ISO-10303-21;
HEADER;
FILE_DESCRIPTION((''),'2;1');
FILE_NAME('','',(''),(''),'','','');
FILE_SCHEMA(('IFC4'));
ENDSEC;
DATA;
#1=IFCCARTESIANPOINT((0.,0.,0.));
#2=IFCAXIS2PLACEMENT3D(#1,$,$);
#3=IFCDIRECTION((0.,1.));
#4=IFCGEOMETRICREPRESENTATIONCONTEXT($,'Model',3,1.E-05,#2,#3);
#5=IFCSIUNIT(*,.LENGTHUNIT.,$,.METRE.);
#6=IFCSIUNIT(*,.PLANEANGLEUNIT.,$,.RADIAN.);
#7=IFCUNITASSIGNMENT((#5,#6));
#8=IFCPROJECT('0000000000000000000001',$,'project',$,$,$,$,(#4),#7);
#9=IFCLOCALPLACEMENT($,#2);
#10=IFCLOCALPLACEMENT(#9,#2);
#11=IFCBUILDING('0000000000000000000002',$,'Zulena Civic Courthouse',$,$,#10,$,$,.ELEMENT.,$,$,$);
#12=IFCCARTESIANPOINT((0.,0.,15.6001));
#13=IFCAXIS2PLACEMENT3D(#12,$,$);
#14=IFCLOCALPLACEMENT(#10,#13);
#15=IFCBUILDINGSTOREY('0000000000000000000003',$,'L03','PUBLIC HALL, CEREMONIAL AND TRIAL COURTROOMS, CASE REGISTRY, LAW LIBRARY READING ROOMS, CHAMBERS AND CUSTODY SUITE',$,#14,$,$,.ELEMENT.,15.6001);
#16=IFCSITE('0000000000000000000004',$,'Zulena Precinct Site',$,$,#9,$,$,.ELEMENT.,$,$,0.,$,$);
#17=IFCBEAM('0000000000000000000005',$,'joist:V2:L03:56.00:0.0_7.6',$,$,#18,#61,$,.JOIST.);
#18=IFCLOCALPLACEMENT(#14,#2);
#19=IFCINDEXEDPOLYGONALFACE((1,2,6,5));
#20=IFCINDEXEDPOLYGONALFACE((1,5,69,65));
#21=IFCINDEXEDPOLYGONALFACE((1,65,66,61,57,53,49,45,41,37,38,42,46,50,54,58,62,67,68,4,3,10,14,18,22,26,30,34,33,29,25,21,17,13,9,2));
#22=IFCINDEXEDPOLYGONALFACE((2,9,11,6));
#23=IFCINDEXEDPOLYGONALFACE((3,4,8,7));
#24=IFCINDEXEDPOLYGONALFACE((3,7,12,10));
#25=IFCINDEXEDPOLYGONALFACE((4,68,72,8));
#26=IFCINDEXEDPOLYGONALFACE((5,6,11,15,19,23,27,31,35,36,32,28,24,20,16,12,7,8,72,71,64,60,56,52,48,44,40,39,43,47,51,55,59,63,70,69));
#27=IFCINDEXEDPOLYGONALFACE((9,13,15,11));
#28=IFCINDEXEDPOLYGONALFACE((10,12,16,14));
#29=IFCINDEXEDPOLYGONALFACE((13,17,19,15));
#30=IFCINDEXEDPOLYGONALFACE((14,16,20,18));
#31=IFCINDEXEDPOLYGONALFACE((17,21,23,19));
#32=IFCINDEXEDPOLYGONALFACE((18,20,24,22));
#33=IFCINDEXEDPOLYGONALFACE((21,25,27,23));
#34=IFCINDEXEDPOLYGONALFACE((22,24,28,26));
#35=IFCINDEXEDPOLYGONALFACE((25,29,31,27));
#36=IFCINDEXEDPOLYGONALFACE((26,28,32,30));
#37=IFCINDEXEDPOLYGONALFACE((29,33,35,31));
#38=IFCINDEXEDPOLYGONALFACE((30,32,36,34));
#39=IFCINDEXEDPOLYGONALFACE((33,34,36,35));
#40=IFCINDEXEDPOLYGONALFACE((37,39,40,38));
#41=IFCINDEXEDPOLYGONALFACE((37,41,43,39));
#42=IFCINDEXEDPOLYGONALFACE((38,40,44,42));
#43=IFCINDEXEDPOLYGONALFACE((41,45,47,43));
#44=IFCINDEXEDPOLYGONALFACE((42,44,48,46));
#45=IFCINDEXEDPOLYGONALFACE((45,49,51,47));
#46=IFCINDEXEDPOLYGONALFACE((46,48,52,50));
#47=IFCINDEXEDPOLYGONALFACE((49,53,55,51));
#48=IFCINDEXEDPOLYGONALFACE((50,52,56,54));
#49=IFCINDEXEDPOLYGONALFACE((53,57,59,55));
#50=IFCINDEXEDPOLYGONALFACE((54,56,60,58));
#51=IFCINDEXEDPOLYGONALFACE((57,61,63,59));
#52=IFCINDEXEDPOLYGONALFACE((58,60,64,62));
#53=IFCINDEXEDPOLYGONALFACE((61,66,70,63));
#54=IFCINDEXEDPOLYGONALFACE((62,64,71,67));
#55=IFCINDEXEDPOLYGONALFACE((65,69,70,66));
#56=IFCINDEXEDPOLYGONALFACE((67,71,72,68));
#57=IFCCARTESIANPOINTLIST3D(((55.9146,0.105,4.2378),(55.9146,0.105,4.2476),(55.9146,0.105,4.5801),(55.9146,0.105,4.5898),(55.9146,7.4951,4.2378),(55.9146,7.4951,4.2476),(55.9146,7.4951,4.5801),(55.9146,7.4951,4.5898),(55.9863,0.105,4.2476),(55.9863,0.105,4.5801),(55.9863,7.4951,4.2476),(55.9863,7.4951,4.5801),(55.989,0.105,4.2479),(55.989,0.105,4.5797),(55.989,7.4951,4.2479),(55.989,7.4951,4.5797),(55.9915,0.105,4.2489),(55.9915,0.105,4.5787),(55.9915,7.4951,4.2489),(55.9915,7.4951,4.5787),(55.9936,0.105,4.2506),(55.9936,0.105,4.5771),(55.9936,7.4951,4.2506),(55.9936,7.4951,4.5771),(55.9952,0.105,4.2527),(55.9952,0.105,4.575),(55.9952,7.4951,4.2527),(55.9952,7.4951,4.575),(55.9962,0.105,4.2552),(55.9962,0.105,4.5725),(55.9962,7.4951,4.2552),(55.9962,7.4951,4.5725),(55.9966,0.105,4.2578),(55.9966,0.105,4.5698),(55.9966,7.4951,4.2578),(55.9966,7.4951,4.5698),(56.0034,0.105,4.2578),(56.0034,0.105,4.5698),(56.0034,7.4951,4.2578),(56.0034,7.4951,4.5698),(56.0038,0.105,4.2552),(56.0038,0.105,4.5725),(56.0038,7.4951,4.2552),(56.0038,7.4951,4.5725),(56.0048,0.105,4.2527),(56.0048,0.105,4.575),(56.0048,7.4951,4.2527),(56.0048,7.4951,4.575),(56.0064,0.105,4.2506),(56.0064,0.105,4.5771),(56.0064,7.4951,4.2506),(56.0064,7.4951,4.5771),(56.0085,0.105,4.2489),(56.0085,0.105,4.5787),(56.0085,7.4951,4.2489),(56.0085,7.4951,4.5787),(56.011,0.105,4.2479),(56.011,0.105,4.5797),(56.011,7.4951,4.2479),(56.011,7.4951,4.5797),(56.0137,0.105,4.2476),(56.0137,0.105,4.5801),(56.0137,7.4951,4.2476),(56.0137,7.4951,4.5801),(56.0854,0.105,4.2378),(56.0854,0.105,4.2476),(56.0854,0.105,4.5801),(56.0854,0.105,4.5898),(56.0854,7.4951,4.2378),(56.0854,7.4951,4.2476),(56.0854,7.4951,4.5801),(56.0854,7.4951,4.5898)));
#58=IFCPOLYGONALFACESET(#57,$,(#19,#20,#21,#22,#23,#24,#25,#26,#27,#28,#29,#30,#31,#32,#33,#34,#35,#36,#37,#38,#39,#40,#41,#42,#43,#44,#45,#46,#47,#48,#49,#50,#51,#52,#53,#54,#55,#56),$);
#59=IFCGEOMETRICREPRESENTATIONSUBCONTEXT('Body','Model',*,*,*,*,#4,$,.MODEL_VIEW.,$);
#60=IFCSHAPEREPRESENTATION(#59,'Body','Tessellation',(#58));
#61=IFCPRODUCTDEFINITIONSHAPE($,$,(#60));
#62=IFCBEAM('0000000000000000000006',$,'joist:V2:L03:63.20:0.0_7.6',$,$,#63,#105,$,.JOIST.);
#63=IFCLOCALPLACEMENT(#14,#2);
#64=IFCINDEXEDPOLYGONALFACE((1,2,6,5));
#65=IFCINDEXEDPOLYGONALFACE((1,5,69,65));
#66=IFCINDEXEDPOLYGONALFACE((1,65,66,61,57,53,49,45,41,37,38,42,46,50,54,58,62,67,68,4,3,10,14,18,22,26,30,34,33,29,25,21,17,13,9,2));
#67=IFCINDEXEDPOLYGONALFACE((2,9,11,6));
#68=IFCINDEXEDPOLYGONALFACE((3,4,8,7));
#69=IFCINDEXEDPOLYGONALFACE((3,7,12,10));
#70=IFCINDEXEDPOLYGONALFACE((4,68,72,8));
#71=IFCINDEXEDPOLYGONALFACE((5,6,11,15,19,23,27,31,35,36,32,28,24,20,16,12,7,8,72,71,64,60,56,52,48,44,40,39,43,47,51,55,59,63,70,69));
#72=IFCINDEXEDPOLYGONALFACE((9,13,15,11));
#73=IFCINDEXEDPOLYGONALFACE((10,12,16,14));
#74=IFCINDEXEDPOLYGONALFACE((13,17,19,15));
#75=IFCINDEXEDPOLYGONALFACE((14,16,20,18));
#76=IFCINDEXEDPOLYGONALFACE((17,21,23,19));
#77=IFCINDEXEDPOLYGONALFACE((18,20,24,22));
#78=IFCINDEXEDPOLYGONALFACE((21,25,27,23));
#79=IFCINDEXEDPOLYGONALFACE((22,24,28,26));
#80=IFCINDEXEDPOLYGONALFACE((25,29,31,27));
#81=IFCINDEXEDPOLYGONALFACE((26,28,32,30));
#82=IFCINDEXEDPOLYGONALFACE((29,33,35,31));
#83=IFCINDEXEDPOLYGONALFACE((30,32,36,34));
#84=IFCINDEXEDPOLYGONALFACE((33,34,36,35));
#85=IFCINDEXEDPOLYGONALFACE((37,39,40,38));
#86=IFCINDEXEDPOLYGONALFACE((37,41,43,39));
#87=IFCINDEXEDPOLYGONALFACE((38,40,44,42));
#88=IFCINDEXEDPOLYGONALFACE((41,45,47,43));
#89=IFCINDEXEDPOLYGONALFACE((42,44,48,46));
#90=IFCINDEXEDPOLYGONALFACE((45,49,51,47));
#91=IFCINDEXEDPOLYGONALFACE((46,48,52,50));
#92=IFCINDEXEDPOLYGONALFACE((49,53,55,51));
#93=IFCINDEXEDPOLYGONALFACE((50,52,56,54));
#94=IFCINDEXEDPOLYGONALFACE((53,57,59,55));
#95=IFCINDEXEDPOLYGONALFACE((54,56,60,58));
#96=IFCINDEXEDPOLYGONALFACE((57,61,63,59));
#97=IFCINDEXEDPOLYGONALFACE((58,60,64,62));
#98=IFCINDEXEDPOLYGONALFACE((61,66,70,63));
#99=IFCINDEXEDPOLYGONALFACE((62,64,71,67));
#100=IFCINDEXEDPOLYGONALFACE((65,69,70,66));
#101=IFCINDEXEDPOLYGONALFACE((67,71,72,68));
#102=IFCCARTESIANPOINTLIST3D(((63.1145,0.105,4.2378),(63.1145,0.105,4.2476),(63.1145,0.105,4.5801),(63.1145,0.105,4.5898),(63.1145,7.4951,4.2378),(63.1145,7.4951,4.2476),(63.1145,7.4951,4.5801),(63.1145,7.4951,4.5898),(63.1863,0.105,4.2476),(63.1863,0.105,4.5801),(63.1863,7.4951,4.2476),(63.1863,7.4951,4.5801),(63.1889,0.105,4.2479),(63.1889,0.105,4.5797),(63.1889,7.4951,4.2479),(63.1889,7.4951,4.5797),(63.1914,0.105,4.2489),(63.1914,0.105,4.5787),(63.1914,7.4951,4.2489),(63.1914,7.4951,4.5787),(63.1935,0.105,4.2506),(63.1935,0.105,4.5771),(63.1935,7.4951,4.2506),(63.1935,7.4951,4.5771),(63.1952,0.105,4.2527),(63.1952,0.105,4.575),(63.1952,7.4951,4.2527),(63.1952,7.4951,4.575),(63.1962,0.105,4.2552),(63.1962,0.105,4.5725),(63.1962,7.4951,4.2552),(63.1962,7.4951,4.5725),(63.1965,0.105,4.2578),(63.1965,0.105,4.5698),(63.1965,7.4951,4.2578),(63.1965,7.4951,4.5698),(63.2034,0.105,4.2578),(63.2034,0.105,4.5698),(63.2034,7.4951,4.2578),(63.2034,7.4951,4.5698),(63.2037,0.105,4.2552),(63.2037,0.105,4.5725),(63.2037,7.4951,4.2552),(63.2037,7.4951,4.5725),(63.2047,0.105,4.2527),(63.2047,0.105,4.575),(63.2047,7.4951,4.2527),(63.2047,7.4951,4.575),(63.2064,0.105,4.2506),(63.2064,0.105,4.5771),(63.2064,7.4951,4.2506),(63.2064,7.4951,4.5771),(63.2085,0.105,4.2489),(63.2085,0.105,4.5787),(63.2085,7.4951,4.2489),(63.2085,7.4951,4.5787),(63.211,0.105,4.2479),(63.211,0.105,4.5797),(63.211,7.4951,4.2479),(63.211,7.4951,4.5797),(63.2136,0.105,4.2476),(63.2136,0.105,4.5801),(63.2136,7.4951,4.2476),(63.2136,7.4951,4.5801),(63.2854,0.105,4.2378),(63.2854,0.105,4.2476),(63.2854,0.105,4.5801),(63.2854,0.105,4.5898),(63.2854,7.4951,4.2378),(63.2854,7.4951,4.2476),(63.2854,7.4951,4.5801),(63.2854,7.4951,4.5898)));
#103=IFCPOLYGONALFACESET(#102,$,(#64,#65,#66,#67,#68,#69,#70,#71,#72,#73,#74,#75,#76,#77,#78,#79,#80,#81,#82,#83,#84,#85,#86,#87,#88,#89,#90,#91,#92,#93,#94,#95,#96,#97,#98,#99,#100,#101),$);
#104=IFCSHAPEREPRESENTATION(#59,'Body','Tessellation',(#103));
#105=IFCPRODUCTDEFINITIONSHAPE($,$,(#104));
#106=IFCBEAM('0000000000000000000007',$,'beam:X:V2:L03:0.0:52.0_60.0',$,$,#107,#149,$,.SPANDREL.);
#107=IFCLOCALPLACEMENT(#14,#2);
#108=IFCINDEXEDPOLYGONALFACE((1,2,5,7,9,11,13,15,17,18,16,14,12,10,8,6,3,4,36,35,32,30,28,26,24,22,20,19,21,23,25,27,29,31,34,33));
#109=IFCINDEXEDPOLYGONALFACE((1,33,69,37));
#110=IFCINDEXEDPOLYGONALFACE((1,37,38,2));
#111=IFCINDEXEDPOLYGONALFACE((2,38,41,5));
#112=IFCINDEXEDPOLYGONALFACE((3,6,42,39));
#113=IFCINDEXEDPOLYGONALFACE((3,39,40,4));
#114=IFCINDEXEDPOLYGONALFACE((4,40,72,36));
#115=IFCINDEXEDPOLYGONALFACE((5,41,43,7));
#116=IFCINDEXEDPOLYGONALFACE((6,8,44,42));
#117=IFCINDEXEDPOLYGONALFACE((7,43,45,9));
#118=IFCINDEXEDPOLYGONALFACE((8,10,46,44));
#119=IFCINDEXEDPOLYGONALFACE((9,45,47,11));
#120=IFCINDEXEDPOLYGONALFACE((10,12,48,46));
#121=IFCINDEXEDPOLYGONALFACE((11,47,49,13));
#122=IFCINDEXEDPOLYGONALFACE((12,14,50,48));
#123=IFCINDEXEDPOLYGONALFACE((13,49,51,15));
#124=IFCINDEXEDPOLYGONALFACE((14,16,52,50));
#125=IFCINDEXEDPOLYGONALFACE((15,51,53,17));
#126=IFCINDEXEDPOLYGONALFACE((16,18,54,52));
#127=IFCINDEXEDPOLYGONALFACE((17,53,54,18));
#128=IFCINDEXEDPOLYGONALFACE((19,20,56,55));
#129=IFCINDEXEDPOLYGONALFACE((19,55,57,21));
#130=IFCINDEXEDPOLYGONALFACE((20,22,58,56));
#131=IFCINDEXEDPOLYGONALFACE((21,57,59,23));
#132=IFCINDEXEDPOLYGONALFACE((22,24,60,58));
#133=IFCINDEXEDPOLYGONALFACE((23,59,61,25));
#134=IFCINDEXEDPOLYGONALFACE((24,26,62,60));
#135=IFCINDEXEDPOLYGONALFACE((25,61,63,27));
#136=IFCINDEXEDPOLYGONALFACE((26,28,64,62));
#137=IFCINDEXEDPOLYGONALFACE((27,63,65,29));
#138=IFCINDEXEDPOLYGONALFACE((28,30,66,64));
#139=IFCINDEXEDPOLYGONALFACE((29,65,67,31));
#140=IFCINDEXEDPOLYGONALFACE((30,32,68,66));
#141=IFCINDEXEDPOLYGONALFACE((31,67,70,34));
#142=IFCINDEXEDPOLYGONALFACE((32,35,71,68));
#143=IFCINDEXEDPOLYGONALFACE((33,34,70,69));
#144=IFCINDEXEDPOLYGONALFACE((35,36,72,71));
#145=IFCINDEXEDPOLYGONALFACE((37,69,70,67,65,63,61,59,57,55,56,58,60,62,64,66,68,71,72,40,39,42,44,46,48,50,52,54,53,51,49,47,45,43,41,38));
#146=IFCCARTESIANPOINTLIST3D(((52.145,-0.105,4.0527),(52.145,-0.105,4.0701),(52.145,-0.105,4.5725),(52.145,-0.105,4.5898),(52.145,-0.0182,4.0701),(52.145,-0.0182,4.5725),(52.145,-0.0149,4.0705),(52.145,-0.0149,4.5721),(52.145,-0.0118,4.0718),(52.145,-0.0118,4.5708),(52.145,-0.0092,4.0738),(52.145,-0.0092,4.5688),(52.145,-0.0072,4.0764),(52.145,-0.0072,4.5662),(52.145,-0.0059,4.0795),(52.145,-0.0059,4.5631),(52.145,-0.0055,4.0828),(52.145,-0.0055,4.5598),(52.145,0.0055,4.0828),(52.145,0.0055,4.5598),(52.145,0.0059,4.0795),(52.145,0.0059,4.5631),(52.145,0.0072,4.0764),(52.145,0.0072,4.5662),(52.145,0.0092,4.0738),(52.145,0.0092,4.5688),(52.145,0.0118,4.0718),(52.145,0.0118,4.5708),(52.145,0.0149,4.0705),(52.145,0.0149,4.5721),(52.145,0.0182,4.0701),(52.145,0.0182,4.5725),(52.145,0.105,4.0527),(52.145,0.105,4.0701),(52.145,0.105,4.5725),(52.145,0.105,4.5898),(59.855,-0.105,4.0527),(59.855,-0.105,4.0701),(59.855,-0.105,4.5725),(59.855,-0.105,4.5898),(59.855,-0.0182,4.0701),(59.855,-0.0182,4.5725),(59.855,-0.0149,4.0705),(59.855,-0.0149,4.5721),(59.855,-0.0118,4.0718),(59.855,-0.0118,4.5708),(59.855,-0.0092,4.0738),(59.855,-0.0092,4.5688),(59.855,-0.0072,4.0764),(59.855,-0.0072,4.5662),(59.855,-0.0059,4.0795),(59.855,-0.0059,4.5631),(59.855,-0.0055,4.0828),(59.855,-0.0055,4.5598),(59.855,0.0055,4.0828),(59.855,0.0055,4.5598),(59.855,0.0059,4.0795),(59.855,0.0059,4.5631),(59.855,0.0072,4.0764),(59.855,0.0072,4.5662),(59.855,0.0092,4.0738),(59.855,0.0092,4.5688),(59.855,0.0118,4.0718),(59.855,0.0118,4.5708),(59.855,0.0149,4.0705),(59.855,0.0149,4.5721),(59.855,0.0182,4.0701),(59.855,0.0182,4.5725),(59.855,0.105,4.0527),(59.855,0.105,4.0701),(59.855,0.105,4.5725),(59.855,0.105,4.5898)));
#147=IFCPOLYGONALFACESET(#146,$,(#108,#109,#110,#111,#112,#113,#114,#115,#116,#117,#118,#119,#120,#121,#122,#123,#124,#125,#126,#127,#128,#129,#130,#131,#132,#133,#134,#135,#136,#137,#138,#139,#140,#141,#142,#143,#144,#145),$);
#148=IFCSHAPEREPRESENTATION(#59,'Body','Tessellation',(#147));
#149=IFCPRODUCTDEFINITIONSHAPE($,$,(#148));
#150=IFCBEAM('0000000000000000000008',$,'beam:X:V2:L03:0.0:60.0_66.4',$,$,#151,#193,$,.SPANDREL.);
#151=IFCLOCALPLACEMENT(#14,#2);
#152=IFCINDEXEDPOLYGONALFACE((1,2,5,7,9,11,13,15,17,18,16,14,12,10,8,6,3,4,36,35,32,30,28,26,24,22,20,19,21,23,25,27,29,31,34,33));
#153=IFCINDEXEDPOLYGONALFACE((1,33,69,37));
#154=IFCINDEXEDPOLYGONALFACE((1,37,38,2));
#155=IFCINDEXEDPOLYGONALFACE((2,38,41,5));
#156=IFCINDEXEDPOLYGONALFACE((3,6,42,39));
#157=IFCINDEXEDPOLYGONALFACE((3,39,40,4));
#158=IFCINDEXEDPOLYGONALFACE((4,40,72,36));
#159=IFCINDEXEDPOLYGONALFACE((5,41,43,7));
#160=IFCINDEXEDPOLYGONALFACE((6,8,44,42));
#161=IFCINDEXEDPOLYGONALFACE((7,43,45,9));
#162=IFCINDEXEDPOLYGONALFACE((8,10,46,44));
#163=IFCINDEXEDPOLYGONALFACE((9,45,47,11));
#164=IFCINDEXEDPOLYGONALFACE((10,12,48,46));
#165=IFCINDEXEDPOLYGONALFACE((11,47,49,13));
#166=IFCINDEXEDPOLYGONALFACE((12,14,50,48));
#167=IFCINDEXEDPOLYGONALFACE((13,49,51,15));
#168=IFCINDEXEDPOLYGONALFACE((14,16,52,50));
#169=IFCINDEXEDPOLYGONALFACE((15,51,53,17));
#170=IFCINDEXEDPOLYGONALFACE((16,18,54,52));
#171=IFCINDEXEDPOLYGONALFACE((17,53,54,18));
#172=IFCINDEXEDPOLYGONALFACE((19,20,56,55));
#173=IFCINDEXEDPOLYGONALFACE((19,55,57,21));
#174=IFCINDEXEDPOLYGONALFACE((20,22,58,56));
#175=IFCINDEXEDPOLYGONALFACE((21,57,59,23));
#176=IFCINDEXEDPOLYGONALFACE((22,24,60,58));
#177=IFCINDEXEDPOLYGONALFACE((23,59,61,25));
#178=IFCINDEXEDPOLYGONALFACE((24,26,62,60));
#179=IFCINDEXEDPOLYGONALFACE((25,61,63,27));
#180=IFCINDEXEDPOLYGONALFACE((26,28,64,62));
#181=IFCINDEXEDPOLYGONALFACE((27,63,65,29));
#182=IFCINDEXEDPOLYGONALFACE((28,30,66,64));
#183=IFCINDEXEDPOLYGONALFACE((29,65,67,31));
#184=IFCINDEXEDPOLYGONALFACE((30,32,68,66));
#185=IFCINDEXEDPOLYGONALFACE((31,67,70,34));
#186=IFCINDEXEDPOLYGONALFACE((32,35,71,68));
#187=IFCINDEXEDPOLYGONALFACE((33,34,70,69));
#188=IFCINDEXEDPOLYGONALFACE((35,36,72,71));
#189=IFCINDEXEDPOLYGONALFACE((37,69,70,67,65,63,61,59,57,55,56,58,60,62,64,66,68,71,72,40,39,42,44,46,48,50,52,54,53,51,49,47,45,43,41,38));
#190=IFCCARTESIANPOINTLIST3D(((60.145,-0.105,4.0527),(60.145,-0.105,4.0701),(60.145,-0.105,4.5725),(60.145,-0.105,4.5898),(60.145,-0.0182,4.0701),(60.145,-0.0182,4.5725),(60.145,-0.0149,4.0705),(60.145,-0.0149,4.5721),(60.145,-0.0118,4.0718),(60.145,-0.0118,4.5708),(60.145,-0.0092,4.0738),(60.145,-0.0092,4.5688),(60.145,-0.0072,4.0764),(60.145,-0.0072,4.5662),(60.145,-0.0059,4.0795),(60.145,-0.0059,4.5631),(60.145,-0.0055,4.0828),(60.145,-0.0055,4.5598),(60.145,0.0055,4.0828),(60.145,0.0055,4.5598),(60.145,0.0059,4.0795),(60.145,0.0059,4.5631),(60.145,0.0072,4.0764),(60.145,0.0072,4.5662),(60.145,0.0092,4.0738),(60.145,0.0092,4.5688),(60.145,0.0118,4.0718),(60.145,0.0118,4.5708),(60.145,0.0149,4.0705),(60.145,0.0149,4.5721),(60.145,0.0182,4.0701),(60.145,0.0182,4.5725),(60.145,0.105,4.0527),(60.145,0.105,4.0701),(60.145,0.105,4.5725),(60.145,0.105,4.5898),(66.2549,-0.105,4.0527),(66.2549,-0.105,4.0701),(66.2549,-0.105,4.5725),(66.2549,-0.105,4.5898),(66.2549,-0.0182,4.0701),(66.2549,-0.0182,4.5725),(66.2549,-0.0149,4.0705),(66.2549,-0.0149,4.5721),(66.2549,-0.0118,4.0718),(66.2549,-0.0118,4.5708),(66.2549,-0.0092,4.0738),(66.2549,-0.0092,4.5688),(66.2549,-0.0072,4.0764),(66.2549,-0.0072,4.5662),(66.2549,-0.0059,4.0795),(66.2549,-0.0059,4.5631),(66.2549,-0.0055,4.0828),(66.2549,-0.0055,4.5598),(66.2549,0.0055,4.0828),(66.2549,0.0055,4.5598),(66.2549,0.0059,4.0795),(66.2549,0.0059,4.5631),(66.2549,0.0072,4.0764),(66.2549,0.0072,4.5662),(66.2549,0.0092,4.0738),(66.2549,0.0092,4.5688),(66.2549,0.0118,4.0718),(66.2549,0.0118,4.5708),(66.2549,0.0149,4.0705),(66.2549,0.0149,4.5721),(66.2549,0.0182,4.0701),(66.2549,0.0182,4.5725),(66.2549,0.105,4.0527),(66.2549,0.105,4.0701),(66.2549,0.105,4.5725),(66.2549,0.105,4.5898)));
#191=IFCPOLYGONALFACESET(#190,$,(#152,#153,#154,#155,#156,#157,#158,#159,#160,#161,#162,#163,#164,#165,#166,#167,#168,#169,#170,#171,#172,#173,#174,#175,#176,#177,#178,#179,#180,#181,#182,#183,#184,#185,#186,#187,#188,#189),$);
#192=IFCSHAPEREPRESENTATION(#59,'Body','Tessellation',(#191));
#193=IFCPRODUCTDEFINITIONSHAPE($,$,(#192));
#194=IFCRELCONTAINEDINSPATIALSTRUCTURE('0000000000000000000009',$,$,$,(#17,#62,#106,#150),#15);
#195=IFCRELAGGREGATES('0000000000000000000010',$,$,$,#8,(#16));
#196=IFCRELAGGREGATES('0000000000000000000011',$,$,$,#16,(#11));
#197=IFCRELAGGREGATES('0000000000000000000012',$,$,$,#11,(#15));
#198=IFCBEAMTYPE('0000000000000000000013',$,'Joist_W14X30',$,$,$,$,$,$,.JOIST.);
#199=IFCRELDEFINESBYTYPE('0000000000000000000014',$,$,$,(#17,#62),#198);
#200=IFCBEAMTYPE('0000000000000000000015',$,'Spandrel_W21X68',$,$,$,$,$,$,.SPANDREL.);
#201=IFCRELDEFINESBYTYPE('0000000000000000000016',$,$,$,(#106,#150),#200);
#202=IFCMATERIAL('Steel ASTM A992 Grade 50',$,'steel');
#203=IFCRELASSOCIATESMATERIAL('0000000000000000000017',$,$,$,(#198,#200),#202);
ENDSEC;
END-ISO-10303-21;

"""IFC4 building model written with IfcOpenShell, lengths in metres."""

from ifc_helpers import new_model, si_unit, direction, frame, origin, origin_2d, place, context, subcontext, project, spatial, i_section, extrude, material, material_profile, profile_set, type_object, element, save


model = new_model("IFC4")

# Units and contexts
model_context = context("Model", 3, precision=1e-05, world=origin(), true_north=direction((0.0, 1.0)))
body_context = subcontext(model_context, "Body", "Model", "MODEL_VIEW")
ifc_project = project(units=[si_unit("LENGTHUNIT", "METRE"), si_unit("PLANEANGLEUNIT", "RADIAN")], contexts=[model_context])

# Site, building, storey
site_placement = place(None, origin())
site = spatial("IfcSite", under=ifc_project, at=site_placement, Name="Zulena Precinct Site", CompositionType="ELEMENT", RefElevation=0.0)
building_placement = place(site_placement, origin())
building = spatial("IfcBuilding", under=site, at=building_placement, Name="Zulena Civic Courthouse", CompositionType="ELEMENT")
storey_placement = place(building_placement, frame((0.0, 0.0, 15.6001)))
storey = spatial("IfcBuildingStorey", under=building, at=storey_placement, Name="L03", Description="PUBLIC HALL, CEREMONIAL AND TRIAL COURTROOMS, CASE REGISTRY, LAW LIBRARY READING ROOMS, CHAMBERS AND CUSTODY SUITE", CompositionType="ELEMENT", Elevation=15.6001)

# Shared definitions
ifc_material_1 = material(Name="Steel ASTM A992 Grade 50", Category="steel")

# Beams
ifc_material_profile_1 = material_profile(ifc_material_1, i_section(OverallWidth=0.1709, OverallDepth=0.3521, WebThickness=0.0068, FlangeThickness=0.0098, FilletRadius=0.0103, at=origin_2d()), Name="W14X30")
ifc_profile_set_1 = profile_set([ifc_material_profile_1], Name="Steel ASTM A992 Grade 50")
beam_type_1 = type_object("IfcBeamType", Name="Joist_W14X30", PredefinedType="JOIST", material=ifc_profile_set_1)
for number, where, z_axis, x_axis, name in (
    (1, (56.0, 0.105, 4.4138), (0.0, 1.0, 0.0), (-1.0, 0.0, 0.0), "joist:V2:L03:56.00:0.0_7.6"),
    (2, (63.2, 0.105, 4.4138), (0.0, 1.0, 0.0), (-1.0, 0.0, 0.0), "joist:V2:L03:63.20:0.0_7.6"),
):
    element("IfcBeam", number, at=place(storey_placement, frame(where, z_axis=z_axis, x_axis=x_axis)), inside=storey, type_object=beam_type_1, Name=name, PredefinedType="JOIST", context=body_context, shape_type="SweptSolid", body=[
        extrude(i_section(OverallWidth=0.1709, OverallDepth=0.3521, WebThickness=0.0068, FlangeThickness=0.0098, FilletRadius=0.0103, at=origin_2d()), origin(), (0.0, 0.0, 1.0), 7.3901),
    ])
ifc_material_profile_2 = material_profile(ifc_material_1, i_section(OverallWidth=0.21, OverallDepth=0.5371, WebThickness=0.011, FlangeThickness=0.0173, FilletRadius=0.0127, at=origin_2d()), Name="W21X68")
ifc_profile_set_2 = profile_set([ifc_material_profile_2], Name="Steel ASTM A992 Grade 50")
beam_type_2 = type_object("IfcBeamType", Name="Spandrel_W21X68", PredefinedType="SPANDREL", material=ifc_profile_set_2)
beam_1_placement = place(storey_placement, frame((52.145, 0.0, 4.3213), z_axis=(1.0, 0.0, 0.0), x_axis=(0.0, 1.0, 0.0)))
element("IfcBeam", 3, at=beam_1_placement, inside=storey, type_object=beam_type_2, Name="beam:X:V2:L03:0.0:52.0_60.0", PredefinedType="SPANDREL", context=body_context, shape_type="SweptSolid", body=[
    extrude(i_section(OverallWidth=0.21, OverallDepth=0.5371, WebThickness=0.011, FlangeThickness=0.0173, FilletRadius=0.0127, at=origin_2d()), origin(), (0.0, 0.0, 1.0), 7.71),
])
beam_2_placement = place(storey_placement, frame((60.145, 0.0, 4.3213), z_axis=(1.0, 0.0, 0.0), x_axis=(0.0, 1.0, 0.0)))
element("IfcBeam", 4, at=beam_2_placement, inside=storey, type_object=beam_type_2, Name="beam:X:V2:L03:0.0:60.0_66.4", PredefinedType="SPANDREL", context=body_context, shape_type="SweptSolid", body=[
    extrude(i_section(OverallWidth=0.21, OverallDepth=0.5371, WebThickness=0.011, FlangeThickness=0.0173, FilletRadius=0.0127, at=origin_2d()), origin(), (0.0, 0.0, 1.0), 6.1099),
])

save(model, "model.ifc")
